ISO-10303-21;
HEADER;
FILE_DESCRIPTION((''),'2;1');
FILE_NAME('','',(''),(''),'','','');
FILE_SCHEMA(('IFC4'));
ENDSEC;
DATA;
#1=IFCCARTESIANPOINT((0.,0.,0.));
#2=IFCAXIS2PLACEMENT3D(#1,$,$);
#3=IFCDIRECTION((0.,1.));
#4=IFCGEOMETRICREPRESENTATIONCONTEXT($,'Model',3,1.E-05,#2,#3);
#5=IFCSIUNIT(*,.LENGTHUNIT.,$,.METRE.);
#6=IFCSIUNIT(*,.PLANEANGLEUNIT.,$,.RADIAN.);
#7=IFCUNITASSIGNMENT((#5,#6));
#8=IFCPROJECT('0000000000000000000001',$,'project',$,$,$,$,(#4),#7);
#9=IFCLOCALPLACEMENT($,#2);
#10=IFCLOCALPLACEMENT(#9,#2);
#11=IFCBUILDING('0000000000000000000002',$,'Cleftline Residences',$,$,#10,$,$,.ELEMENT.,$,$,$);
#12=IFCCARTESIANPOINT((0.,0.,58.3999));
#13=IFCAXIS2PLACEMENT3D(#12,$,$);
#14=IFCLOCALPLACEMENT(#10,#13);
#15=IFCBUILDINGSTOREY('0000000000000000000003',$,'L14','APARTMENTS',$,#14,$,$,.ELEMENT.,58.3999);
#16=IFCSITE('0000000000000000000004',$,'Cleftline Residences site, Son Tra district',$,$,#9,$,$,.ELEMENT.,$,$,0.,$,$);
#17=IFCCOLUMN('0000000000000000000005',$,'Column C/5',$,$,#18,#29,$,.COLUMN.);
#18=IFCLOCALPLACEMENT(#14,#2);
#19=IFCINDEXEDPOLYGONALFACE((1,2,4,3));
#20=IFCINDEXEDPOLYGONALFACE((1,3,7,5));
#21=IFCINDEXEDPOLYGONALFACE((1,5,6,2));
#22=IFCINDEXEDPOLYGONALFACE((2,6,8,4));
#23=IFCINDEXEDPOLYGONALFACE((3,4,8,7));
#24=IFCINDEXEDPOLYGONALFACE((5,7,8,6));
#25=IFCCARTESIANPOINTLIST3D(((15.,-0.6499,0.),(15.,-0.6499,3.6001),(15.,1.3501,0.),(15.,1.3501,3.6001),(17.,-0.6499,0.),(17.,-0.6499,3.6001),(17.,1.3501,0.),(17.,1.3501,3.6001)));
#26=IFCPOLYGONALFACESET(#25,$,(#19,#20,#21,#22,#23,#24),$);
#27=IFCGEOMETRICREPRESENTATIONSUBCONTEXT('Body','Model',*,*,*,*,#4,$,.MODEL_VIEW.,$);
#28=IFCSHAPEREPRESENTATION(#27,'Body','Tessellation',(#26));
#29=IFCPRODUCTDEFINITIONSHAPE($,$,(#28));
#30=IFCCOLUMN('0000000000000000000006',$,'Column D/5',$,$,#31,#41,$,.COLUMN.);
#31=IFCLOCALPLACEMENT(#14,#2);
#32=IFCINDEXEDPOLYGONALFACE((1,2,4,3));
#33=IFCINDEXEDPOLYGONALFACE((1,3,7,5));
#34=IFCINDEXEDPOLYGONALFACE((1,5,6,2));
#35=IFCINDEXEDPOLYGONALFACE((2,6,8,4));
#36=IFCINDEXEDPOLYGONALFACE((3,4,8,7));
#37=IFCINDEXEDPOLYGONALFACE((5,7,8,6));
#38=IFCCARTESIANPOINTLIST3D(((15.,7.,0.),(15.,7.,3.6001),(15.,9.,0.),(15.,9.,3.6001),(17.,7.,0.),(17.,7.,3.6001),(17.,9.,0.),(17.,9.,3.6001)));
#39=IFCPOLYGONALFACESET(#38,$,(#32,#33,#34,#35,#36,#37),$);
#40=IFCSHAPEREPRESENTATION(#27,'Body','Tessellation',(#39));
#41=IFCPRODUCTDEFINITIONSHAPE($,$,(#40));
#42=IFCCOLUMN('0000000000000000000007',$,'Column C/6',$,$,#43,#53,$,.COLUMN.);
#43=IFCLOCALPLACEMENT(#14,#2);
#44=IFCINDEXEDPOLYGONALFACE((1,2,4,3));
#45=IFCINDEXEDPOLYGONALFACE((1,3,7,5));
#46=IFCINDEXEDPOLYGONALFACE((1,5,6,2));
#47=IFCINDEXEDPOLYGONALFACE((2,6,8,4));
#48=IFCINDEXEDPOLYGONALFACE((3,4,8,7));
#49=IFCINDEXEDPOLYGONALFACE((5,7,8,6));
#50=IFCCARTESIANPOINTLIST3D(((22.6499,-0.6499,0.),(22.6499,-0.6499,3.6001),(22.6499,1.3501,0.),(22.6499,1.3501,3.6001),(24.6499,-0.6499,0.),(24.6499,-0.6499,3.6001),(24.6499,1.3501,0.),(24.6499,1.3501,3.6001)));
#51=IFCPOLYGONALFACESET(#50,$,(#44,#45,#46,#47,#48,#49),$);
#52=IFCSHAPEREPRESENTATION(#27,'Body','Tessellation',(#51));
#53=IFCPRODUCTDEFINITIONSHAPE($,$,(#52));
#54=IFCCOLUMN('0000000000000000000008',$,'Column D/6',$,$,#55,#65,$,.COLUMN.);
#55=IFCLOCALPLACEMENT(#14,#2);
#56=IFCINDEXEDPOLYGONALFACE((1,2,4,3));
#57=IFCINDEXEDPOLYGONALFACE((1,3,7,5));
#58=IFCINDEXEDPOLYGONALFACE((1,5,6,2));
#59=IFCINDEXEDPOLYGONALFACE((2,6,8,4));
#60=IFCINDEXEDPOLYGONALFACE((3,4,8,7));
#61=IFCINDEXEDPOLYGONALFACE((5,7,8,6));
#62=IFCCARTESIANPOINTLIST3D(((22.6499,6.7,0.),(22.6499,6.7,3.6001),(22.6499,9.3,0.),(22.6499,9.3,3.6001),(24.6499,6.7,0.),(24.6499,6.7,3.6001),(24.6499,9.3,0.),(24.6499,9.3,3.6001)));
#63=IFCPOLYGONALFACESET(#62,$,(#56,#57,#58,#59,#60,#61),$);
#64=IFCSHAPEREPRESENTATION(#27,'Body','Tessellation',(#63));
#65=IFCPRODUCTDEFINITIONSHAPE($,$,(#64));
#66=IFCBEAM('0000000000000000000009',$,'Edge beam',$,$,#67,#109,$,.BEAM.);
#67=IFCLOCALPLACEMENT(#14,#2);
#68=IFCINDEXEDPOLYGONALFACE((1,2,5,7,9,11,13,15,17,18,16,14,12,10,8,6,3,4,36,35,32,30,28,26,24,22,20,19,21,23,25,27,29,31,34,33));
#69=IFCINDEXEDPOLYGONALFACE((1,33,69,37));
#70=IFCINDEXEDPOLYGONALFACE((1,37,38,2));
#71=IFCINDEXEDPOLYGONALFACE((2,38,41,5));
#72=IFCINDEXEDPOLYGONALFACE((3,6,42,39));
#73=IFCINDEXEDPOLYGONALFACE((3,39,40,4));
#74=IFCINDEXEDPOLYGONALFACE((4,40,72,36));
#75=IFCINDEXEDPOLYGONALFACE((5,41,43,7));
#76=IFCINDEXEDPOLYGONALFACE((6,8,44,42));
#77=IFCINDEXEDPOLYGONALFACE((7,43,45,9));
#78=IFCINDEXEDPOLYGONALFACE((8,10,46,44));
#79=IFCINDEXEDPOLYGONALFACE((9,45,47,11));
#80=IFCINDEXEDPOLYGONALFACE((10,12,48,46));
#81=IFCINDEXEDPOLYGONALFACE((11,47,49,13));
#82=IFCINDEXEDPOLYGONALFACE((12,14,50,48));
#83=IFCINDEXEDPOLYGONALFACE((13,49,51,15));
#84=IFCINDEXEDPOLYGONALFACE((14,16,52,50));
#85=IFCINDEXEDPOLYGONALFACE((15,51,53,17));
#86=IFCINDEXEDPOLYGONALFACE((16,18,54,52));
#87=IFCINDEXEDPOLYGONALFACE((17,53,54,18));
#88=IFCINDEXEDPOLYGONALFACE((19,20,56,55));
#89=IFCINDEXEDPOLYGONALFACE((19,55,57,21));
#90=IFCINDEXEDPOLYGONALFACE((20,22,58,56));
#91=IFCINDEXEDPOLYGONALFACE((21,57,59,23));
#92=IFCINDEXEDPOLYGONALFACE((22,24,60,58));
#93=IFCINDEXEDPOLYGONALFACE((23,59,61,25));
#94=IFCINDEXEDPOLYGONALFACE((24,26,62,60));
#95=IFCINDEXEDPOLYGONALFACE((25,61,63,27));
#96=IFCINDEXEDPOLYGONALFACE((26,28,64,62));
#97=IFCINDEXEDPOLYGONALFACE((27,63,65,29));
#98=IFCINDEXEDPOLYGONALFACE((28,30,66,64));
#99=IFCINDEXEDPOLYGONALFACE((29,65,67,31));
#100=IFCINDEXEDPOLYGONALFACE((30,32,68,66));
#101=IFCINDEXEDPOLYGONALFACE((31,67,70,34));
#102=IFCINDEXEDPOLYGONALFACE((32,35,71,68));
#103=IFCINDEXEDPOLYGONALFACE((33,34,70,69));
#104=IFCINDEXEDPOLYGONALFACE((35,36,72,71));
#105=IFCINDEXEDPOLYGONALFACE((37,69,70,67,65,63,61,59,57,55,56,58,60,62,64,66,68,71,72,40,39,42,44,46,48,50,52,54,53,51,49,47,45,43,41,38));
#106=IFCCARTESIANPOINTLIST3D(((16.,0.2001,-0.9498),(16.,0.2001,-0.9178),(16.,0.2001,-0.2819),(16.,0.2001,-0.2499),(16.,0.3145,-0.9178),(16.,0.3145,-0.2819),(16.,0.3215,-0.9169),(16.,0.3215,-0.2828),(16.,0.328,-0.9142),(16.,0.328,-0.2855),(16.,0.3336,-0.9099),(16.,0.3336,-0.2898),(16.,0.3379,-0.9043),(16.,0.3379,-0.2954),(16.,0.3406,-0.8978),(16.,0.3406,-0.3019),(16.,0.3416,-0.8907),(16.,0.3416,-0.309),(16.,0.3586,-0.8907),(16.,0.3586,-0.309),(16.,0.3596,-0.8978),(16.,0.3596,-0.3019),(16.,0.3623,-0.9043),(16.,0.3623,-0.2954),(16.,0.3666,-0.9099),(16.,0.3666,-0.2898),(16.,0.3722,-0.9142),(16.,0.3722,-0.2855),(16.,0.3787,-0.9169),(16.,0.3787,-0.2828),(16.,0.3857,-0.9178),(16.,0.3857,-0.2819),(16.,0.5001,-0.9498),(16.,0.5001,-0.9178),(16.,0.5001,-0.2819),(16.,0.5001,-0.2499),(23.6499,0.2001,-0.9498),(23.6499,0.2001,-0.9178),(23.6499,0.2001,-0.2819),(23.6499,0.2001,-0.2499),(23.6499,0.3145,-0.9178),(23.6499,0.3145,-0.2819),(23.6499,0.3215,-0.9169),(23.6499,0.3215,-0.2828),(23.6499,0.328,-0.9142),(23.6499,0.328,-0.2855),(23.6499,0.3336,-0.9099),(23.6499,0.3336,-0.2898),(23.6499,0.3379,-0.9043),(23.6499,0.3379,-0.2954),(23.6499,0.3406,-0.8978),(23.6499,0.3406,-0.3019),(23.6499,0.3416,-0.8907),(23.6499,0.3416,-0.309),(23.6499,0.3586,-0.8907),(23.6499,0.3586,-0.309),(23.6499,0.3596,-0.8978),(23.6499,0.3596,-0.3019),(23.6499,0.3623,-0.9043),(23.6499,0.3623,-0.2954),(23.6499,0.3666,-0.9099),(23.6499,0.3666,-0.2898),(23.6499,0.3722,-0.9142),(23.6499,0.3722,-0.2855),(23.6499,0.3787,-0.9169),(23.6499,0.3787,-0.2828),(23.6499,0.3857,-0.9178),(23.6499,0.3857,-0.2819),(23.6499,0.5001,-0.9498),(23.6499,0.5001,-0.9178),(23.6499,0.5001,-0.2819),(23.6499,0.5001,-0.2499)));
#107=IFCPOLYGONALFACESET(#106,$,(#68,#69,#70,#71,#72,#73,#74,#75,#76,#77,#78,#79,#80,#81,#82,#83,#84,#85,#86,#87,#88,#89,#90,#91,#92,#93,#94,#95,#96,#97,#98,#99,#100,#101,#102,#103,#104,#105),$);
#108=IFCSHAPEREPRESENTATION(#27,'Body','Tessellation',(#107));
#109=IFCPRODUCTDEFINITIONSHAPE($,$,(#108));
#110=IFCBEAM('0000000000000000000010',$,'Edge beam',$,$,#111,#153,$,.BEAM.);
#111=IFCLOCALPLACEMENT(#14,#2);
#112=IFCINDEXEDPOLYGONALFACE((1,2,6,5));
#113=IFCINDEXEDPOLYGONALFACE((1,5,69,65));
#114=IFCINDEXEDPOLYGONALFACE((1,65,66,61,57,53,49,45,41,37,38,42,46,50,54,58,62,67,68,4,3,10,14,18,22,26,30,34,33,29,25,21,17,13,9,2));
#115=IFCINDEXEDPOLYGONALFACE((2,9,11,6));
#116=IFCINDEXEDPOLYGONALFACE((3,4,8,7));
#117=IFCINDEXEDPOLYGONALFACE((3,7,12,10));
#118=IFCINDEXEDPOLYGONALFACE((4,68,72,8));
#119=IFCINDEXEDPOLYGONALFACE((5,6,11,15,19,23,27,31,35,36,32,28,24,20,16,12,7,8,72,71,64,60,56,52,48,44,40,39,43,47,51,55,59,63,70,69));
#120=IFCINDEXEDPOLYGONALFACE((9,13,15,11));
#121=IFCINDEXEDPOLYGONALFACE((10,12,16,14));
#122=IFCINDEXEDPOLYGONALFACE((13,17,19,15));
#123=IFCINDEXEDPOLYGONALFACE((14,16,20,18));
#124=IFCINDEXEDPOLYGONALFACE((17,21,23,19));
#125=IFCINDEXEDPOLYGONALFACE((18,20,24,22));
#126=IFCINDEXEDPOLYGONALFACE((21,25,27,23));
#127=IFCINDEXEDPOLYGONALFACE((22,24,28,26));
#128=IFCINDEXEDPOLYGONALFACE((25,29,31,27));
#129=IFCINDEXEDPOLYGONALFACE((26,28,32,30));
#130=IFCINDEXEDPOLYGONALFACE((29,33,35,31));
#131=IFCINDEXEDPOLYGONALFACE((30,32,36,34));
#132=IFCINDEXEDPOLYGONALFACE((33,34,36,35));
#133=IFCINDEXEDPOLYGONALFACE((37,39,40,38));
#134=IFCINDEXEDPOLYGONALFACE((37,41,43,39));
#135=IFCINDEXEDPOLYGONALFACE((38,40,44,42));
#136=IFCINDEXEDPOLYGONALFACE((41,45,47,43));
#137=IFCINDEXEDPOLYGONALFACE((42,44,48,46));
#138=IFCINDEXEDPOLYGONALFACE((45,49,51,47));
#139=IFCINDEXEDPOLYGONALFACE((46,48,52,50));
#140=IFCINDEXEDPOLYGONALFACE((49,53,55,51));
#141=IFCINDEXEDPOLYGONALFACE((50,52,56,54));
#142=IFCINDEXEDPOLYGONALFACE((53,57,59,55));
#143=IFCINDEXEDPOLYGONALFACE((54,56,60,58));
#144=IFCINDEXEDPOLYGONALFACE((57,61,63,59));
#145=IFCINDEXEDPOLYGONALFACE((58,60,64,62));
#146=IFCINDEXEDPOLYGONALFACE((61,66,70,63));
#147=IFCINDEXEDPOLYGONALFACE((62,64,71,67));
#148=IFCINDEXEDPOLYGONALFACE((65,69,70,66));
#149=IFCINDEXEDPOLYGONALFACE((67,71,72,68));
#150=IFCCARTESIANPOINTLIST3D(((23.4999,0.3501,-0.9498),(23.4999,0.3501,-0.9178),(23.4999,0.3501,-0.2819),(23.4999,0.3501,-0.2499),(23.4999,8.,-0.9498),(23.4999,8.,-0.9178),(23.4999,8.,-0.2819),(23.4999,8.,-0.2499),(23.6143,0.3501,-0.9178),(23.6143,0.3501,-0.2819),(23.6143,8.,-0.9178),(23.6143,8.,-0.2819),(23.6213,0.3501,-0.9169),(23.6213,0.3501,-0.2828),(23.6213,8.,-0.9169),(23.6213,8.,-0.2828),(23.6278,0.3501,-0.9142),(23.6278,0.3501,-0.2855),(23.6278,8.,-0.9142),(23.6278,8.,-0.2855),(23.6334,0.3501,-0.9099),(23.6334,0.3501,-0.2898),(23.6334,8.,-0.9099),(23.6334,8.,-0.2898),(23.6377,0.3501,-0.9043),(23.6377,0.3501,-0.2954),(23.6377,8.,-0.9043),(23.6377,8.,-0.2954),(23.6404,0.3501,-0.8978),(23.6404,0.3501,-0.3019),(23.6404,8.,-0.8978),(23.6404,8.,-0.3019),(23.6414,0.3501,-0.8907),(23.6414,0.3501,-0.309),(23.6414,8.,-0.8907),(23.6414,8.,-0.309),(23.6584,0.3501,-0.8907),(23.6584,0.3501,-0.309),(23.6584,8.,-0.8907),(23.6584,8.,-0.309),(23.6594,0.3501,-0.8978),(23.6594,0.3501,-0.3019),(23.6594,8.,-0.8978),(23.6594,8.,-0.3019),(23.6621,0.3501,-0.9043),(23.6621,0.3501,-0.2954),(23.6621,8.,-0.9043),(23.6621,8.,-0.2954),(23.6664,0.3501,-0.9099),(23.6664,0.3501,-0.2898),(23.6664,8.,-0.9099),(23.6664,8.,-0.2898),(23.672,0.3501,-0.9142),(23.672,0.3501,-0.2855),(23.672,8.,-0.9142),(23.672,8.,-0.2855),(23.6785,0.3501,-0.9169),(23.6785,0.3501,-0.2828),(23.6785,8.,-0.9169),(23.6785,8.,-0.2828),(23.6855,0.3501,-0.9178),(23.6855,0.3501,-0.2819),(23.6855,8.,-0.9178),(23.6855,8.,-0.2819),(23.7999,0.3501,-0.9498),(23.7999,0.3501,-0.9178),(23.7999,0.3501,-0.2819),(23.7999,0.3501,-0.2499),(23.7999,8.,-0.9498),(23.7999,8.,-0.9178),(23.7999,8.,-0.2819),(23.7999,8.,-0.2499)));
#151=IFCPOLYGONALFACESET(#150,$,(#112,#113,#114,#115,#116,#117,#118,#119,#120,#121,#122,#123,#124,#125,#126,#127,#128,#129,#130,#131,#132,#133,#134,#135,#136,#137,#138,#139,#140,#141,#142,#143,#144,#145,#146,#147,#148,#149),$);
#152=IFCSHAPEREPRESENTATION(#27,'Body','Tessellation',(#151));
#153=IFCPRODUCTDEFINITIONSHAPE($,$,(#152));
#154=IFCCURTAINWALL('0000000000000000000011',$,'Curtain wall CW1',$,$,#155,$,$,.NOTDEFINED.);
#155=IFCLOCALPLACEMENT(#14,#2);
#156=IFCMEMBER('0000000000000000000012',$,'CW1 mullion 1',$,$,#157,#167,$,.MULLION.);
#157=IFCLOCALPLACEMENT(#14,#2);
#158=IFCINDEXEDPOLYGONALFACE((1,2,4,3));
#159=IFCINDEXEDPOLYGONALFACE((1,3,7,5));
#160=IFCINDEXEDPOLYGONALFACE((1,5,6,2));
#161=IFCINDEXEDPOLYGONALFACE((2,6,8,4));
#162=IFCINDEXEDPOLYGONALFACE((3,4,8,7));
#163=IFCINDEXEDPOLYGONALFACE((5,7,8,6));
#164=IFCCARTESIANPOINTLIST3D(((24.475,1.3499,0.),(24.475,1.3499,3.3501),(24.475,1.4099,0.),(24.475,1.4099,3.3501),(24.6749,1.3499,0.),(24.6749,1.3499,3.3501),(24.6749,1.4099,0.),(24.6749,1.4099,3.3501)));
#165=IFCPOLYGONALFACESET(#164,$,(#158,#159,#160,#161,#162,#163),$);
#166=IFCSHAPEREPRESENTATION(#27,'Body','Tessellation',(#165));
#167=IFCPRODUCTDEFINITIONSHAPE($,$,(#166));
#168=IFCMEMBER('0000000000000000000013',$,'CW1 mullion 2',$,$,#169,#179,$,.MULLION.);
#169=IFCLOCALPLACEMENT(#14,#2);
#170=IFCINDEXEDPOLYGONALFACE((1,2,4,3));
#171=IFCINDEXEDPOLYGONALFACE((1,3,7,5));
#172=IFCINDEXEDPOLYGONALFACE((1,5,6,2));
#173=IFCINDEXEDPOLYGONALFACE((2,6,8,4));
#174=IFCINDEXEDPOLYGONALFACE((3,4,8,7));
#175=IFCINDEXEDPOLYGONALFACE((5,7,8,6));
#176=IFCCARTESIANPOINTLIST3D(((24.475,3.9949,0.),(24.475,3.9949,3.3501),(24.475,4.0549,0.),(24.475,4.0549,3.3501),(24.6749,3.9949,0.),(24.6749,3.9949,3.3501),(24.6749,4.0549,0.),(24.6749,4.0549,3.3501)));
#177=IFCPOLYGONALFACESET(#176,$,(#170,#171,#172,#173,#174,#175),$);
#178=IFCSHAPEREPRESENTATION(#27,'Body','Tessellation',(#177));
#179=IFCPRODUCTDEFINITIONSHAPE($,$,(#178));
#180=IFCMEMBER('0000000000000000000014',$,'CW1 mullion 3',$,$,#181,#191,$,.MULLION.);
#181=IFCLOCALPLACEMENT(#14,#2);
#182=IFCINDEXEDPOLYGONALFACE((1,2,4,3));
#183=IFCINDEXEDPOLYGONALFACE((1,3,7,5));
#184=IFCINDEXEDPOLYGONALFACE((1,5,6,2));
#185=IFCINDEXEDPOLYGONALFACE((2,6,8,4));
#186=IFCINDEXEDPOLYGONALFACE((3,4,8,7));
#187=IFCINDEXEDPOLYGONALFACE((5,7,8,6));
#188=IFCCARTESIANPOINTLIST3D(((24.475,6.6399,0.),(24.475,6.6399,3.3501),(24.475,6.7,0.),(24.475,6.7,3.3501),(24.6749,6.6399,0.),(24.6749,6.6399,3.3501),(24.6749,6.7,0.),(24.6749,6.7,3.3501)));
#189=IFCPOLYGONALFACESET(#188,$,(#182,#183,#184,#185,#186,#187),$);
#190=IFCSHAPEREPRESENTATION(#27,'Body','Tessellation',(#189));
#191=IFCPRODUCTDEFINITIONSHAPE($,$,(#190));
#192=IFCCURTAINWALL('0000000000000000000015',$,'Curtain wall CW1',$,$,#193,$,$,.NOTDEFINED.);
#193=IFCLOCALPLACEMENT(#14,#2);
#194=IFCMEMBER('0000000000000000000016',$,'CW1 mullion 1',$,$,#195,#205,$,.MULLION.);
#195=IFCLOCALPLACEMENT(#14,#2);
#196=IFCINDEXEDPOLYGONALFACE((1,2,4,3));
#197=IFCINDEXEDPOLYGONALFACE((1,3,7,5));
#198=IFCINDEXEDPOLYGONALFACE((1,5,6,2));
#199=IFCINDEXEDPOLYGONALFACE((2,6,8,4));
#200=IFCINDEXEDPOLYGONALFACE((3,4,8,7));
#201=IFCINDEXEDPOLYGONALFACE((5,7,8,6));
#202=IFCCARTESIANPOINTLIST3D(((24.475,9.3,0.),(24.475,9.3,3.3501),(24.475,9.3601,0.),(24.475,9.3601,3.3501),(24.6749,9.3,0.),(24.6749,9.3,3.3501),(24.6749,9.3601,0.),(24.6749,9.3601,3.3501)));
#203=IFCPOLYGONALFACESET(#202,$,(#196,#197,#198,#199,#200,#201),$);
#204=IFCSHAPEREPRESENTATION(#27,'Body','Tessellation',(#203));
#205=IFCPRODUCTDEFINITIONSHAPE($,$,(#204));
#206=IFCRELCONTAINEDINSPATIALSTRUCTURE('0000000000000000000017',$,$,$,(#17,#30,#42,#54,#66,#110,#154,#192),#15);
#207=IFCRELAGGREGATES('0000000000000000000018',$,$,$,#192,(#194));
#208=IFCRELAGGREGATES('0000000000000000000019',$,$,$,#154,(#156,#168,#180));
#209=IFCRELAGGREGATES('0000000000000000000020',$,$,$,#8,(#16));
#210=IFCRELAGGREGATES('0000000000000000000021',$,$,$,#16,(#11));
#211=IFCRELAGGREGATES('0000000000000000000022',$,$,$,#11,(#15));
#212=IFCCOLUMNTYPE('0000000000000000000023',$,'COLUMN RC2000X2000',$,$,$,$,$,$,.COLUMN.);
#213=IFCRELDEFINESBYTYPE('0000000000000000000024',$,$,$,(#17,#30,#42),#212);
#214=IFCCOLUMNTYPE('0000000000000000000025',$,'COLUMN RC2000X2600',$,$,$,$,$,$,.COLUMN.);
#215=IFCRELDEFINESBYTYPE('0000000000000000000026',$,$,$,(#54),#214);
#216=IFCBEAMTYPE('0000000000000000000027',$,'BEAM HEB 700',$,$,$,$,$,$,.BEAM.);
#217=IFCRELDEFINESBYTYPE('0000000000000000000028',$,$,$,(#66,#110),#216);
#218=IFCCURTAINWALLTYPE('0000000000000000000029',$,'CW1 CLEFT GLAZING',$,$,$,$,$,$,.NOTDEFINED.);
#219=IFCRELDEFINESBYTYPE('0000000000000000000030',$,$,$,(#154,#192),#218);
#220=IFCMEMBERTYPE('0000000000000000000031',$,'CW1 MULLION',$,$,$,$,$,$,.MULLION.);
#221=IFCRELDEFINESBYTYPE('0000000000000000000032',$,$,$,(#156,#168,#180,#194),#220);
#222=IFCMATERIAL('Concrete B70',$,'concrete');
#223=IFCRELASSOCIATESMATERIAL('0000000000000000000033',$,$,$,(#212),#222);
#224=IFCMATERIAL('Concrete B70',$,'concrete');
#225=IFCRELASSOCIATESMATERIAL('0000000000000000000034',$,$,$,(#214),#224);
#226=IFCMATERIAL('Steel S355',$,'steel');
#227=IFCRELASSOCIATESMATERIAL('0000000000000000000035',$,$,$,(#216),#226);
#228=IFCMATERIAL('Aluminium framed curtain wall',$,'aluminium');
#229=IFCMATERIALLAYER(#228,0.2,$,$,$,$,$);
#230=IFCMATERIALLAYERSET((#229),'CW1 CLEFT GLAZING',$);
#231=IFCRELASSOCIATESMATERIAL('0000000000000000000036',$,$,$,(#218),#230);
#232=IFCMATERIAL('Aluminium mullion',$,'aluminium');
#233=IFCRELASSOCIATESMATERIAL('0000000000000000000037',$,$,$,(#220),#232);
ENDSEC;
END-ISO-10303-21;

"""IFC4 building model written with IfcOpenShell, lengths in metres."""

from ifc_helpers import new_model, si_unit, direction, frame, origin, origin_2d, place, context, subcontext, project, spatial, rectangle, i_section, extrude, material, layer, layer_set, material_profile, profile_set, type_object, element, aggregate, save


model = new_model("IFC4")

# Units and contexts
model_context = context("Model", 3, precision=1e-05, world=origin(), true_north=direction((0.0, 1.0)))
body_context = subcontext(model_context, "Body", "Model", "MODEL_VIEW")
ifc_project = project(units=[si_unit("LENGTHUNIT", "METRE"), si_unit("PLANEANGLEUNIT", "RADIAN")], contexts=[model_context])

# Site, building, storey
site_placement = place(None, origin())
site = spatial("IfcSite", under=ifc_project, at=site_placement, Name="Cleftline Residences site, Son Tra district", CompositionType="ELEMENT", RefElevation=0.0)
building_placement = place(site_placement, origin())
building = spatial("IfcBuilding", under=site, at=building_placement, Name="Cleftline Residences", CompositionType="ELEMENT")
storey_placement = place(building_placement, frame((0.0, 0.0, 58.3999)))
storey = spatial("IfcBuildingStorey", under=building, at=storey_placement, Name="L14", Description="APARTMENTS", CompositionType="ELEMENT", Elevation=58.3999)

# Columns
ifc_material_1 = material(Name="Concrete B70", Category="concrete")
ifc_material_profile_1 = material_profile(ifc_material_1, rectangle(XDim=2.0, YDim=2.0, at=origin_2d()))
ifc_profile_set_1 = profile_set([ifc_material_profile_1], Name="Concrete B70")
column_type_1 = type_object("IfcColumnType", Name="COLUMN RC2000X2000", PredefinedType="COLUMN", material=ifc_profile_set_1)
for number, where, z_axis, x_axis, name in (
    (1, (16.0, 0.3501, 0.0), (0.0, 0.0, 1.0), (1.0, 0.0, 0.0), "Column C/5"),
    (2, (16.0, 8.0, 0.0), (0.0, 0.0, 1.0), (1.0, 0.0, 0.0), "Column D/5"),
    (3, (23.6499, 0.3501, 0.0), (0.0, 0.0, 1.0), (1.0, 0.0, 0.0), "Column C/6"),
):
    element("IfcColumn", number, at=place(storey_placement, frame(where, z_axis=z_axis, x_axis=x_axis)), inside=storey, type_object=column_type_1, Name=name, PredefinedType="COLUMN", context=body_context, shape_type="SweptSolid", body=[
        extrude(rectangle(XDim=2.0, YDim=2.0, at=origin_2d()), origin(), (0.0, 0.0, 1.0), 3.6001),
    ])
ifc_material_2 = material(Name="Concrete B70", Category="concrete")
ifc_material_profile_2 = material_profile(ifc_material_2, rectangle(XDim=2.0, YDim=2.6001, at=origin_2d()))
ifc_profile_set_2 = profile_set([ifc_material_profile_2], Name="Concrete B70")
column_type_2 = type_object("IfcColumnType", Name="COLUMN RC2000X2600", PredefinedType="COLUMN", material=ifc_profile_set_2)
column_placement = place(storey_placement, frame((23.6499, 8.0, 0.0), z_axis=(0.0, 0.0, 1.0), x_axis=(1.0, 0.0, 0.0)))
element("IfcColumn", 4, at=column_placement, inside=storey, type_object=column_type_2, Name="Column D/6", PredefinedType="COLUMN", context=body_context, shape_type="SweptSolid", body=[
    extrude(rectangle(XDim=2.0, YDim=2.6001, at=origin_2d()), origin(), (0.0, 0.0, 1.0), 3.6001),
])

# Beams
ifc_material_3 = material(Name="Steel S355", Category="steel")
ifc_material_profile_3 = material_profile(ifc_material_3, i_section(OverallWidth=0.3, OverallDepth=0.7, WebThickness=0.0171, FlangeThickness=0.032, FilletRadius=0.0271, at=origin_2d()))
ifc_profile_set_3 = profile_set([ifc_material_profile_3], Name="Steel S355")
beam_type = type_object("IfcBeamType", Name="BEAM HEB 700", PredefinedType="BEAM", material=ifc_profile_set_3)
for number, where, z_axis, x_axis, name in (
    (5, (16.0, 0.3501, -0.5999), (1.0, 0.0, 0.0), (0.0, 1.0, 0.0), "Edge beam"),
    (6, (23.6499, 0.3501, -0.5999), (0.0, 1.0, 0.0), (-1.0, 0.0, 0.0), "Edge beam"),
):
    element("IfcBeam", number, at=place(storey_placement, frame(where, z_axis=z_axis, x_axis=x_axis)), inside=storey, type_object=beam_type, Name=name, PredefinedType="BEAM", context=body_context, shape_type="SweptSolid", body=[
        extrude(i_section(OverallWidth=0.3, OverallDepth=0.7, WebThickness=0.0171, FlangeThickness=0.032, FilletRadius=0.0271, at=origin_2d()), origin(), (0.0, 0.0, 1.0), 7.6499),
    ])

# Curtain wall, members
ifc_material_4 = material(Name="Aluminium framed curtain wall", Category="aluminium")
ifc_layer_1 = layer(ifc_material_4, 0.2)
ifc_layer_set_1 = layer_set([ifc_layer_1], Name="CW1 CLEFT GLAZING")
curtain_wall_type = type_object("IfcCurtainWallType", Name="CW1 CLEFT GLAZING", PredefinedType="NOTDEFINED", material=ifc_layer_set_1)
curtain_wall_1_placement = place(storey_placement, origin())
curtain_wall_1 = element("IfcCurtainWall", 7, at=curtain_wall_1_placement, inside=storey, type_object=curtain_wall_type, Name="Curtain wall CW1", PredefinedType="NOTDEFINED")
ifc_material_5 = material(Name="Aluminium mullion", Category="aluminium")
ifc_material_profile_4 = material_profile(ifc_material_5, rectangle(XDim=0.2, YDim=0.0601, at=origin_2d()))
ifc_profile_set_4 = profile_set([ifc_material_profile_4], Name="Aluminium mullion")
member_type_1 = type_object("IfcMemberType", Name="CW1 MULLION", PredefinedType="MULLION", material=ifc_profile_set_4)
member_1_placement = place(storey_placement, frame((24.575, 1.3799, 0.0), z_axis=(0.0, 0.0, 1.0), x_axis=(-1.0, 0.0, 0.0)))
member_1 = element("IfcMember", 8, at=member_1_placement, type_object=member_type_1, Name="CW1 mullion 1", PredefinedType="MULLION", context=body_context, shape_type="SweptSolid", body=[
    extrude(rectangle(XDim=0.2, YDim=0.0601, at=origin_2d()), origin(), (0.0, 0.0, 1.0), 3.3501),
])
member_2_placement = place(storey_placement, frame((24.575, 4.0249, 0.0), z_axis=(0.0, 0.0, 1.0), x_axis=(-1.0, 0.0, 0.0)))
member_2 = element("IfcMember", 9, at=member_2_placement, type_object=member_type_1, Name="CW1 mullion 2", PredefinedType="MULLION", context=body_context, shape_type="SweptSolid", body=[
    extrude(rectangle(XDim=0.2, YDim=0.0601, at=origin_2d()), origin(), (0.0, 0.0, 1.0), 3.3501),
])
member_3_placement = place(storey_placement, frame((24.575, 6.6699, 0.0), z_axis=(0.0, 0.0, 1.0), x_axis=(-1.0, 0.0, 0.0)))
member_3 = element("IfcMember", 10, at=member_3_placement, type_object=member_type_1, Name="CW1 mullion 3", PredefinedType="MULLION", context=body_context, shape_type="SweptSolid", body=[
    extrude(rectangle(XDim=0.2, YDim=0.0601, at=origin_2d()), origin(), (0.0, 0.0, 1.0), 3.3501),
])

# Curtain wall, member
curtain_wall_2_placement = place(storey_placement, origin())
curtain_wall_2 = element("IfcCurtainWall", 11, at=curtain_wall_2_placement, inside=storey, type_object=curtain_wall_type, Name="Curtain wall CW1", PredefinedType="NOTDEFINED")
member_4_placement = place(storey_placement, frame((24.575, 9.3301, 0.0), z_axis=(0.0, 0.0, 1.0), x_axis=(-1.0, 0.0, 0.0)))
member_4 = element("IfcMember", 12, at=member_4_placement, type_object=member_type_1, Name="CW1 mullion 1", PredefinedType="MULLION", context=body_context, shape_type="SweptSolid", body=[
    extrude(rectangle(XDim=0.2, YDim=0.0601, at=origin_2d()), origin(), (0.0, 0.0, 1.0), 3.3501),
])

aggregate(curtain_wall_2, [member_4])

aggregate(curtain_wall_1, [member_1, member_2, member_3])

save(model, "model.ifc")
